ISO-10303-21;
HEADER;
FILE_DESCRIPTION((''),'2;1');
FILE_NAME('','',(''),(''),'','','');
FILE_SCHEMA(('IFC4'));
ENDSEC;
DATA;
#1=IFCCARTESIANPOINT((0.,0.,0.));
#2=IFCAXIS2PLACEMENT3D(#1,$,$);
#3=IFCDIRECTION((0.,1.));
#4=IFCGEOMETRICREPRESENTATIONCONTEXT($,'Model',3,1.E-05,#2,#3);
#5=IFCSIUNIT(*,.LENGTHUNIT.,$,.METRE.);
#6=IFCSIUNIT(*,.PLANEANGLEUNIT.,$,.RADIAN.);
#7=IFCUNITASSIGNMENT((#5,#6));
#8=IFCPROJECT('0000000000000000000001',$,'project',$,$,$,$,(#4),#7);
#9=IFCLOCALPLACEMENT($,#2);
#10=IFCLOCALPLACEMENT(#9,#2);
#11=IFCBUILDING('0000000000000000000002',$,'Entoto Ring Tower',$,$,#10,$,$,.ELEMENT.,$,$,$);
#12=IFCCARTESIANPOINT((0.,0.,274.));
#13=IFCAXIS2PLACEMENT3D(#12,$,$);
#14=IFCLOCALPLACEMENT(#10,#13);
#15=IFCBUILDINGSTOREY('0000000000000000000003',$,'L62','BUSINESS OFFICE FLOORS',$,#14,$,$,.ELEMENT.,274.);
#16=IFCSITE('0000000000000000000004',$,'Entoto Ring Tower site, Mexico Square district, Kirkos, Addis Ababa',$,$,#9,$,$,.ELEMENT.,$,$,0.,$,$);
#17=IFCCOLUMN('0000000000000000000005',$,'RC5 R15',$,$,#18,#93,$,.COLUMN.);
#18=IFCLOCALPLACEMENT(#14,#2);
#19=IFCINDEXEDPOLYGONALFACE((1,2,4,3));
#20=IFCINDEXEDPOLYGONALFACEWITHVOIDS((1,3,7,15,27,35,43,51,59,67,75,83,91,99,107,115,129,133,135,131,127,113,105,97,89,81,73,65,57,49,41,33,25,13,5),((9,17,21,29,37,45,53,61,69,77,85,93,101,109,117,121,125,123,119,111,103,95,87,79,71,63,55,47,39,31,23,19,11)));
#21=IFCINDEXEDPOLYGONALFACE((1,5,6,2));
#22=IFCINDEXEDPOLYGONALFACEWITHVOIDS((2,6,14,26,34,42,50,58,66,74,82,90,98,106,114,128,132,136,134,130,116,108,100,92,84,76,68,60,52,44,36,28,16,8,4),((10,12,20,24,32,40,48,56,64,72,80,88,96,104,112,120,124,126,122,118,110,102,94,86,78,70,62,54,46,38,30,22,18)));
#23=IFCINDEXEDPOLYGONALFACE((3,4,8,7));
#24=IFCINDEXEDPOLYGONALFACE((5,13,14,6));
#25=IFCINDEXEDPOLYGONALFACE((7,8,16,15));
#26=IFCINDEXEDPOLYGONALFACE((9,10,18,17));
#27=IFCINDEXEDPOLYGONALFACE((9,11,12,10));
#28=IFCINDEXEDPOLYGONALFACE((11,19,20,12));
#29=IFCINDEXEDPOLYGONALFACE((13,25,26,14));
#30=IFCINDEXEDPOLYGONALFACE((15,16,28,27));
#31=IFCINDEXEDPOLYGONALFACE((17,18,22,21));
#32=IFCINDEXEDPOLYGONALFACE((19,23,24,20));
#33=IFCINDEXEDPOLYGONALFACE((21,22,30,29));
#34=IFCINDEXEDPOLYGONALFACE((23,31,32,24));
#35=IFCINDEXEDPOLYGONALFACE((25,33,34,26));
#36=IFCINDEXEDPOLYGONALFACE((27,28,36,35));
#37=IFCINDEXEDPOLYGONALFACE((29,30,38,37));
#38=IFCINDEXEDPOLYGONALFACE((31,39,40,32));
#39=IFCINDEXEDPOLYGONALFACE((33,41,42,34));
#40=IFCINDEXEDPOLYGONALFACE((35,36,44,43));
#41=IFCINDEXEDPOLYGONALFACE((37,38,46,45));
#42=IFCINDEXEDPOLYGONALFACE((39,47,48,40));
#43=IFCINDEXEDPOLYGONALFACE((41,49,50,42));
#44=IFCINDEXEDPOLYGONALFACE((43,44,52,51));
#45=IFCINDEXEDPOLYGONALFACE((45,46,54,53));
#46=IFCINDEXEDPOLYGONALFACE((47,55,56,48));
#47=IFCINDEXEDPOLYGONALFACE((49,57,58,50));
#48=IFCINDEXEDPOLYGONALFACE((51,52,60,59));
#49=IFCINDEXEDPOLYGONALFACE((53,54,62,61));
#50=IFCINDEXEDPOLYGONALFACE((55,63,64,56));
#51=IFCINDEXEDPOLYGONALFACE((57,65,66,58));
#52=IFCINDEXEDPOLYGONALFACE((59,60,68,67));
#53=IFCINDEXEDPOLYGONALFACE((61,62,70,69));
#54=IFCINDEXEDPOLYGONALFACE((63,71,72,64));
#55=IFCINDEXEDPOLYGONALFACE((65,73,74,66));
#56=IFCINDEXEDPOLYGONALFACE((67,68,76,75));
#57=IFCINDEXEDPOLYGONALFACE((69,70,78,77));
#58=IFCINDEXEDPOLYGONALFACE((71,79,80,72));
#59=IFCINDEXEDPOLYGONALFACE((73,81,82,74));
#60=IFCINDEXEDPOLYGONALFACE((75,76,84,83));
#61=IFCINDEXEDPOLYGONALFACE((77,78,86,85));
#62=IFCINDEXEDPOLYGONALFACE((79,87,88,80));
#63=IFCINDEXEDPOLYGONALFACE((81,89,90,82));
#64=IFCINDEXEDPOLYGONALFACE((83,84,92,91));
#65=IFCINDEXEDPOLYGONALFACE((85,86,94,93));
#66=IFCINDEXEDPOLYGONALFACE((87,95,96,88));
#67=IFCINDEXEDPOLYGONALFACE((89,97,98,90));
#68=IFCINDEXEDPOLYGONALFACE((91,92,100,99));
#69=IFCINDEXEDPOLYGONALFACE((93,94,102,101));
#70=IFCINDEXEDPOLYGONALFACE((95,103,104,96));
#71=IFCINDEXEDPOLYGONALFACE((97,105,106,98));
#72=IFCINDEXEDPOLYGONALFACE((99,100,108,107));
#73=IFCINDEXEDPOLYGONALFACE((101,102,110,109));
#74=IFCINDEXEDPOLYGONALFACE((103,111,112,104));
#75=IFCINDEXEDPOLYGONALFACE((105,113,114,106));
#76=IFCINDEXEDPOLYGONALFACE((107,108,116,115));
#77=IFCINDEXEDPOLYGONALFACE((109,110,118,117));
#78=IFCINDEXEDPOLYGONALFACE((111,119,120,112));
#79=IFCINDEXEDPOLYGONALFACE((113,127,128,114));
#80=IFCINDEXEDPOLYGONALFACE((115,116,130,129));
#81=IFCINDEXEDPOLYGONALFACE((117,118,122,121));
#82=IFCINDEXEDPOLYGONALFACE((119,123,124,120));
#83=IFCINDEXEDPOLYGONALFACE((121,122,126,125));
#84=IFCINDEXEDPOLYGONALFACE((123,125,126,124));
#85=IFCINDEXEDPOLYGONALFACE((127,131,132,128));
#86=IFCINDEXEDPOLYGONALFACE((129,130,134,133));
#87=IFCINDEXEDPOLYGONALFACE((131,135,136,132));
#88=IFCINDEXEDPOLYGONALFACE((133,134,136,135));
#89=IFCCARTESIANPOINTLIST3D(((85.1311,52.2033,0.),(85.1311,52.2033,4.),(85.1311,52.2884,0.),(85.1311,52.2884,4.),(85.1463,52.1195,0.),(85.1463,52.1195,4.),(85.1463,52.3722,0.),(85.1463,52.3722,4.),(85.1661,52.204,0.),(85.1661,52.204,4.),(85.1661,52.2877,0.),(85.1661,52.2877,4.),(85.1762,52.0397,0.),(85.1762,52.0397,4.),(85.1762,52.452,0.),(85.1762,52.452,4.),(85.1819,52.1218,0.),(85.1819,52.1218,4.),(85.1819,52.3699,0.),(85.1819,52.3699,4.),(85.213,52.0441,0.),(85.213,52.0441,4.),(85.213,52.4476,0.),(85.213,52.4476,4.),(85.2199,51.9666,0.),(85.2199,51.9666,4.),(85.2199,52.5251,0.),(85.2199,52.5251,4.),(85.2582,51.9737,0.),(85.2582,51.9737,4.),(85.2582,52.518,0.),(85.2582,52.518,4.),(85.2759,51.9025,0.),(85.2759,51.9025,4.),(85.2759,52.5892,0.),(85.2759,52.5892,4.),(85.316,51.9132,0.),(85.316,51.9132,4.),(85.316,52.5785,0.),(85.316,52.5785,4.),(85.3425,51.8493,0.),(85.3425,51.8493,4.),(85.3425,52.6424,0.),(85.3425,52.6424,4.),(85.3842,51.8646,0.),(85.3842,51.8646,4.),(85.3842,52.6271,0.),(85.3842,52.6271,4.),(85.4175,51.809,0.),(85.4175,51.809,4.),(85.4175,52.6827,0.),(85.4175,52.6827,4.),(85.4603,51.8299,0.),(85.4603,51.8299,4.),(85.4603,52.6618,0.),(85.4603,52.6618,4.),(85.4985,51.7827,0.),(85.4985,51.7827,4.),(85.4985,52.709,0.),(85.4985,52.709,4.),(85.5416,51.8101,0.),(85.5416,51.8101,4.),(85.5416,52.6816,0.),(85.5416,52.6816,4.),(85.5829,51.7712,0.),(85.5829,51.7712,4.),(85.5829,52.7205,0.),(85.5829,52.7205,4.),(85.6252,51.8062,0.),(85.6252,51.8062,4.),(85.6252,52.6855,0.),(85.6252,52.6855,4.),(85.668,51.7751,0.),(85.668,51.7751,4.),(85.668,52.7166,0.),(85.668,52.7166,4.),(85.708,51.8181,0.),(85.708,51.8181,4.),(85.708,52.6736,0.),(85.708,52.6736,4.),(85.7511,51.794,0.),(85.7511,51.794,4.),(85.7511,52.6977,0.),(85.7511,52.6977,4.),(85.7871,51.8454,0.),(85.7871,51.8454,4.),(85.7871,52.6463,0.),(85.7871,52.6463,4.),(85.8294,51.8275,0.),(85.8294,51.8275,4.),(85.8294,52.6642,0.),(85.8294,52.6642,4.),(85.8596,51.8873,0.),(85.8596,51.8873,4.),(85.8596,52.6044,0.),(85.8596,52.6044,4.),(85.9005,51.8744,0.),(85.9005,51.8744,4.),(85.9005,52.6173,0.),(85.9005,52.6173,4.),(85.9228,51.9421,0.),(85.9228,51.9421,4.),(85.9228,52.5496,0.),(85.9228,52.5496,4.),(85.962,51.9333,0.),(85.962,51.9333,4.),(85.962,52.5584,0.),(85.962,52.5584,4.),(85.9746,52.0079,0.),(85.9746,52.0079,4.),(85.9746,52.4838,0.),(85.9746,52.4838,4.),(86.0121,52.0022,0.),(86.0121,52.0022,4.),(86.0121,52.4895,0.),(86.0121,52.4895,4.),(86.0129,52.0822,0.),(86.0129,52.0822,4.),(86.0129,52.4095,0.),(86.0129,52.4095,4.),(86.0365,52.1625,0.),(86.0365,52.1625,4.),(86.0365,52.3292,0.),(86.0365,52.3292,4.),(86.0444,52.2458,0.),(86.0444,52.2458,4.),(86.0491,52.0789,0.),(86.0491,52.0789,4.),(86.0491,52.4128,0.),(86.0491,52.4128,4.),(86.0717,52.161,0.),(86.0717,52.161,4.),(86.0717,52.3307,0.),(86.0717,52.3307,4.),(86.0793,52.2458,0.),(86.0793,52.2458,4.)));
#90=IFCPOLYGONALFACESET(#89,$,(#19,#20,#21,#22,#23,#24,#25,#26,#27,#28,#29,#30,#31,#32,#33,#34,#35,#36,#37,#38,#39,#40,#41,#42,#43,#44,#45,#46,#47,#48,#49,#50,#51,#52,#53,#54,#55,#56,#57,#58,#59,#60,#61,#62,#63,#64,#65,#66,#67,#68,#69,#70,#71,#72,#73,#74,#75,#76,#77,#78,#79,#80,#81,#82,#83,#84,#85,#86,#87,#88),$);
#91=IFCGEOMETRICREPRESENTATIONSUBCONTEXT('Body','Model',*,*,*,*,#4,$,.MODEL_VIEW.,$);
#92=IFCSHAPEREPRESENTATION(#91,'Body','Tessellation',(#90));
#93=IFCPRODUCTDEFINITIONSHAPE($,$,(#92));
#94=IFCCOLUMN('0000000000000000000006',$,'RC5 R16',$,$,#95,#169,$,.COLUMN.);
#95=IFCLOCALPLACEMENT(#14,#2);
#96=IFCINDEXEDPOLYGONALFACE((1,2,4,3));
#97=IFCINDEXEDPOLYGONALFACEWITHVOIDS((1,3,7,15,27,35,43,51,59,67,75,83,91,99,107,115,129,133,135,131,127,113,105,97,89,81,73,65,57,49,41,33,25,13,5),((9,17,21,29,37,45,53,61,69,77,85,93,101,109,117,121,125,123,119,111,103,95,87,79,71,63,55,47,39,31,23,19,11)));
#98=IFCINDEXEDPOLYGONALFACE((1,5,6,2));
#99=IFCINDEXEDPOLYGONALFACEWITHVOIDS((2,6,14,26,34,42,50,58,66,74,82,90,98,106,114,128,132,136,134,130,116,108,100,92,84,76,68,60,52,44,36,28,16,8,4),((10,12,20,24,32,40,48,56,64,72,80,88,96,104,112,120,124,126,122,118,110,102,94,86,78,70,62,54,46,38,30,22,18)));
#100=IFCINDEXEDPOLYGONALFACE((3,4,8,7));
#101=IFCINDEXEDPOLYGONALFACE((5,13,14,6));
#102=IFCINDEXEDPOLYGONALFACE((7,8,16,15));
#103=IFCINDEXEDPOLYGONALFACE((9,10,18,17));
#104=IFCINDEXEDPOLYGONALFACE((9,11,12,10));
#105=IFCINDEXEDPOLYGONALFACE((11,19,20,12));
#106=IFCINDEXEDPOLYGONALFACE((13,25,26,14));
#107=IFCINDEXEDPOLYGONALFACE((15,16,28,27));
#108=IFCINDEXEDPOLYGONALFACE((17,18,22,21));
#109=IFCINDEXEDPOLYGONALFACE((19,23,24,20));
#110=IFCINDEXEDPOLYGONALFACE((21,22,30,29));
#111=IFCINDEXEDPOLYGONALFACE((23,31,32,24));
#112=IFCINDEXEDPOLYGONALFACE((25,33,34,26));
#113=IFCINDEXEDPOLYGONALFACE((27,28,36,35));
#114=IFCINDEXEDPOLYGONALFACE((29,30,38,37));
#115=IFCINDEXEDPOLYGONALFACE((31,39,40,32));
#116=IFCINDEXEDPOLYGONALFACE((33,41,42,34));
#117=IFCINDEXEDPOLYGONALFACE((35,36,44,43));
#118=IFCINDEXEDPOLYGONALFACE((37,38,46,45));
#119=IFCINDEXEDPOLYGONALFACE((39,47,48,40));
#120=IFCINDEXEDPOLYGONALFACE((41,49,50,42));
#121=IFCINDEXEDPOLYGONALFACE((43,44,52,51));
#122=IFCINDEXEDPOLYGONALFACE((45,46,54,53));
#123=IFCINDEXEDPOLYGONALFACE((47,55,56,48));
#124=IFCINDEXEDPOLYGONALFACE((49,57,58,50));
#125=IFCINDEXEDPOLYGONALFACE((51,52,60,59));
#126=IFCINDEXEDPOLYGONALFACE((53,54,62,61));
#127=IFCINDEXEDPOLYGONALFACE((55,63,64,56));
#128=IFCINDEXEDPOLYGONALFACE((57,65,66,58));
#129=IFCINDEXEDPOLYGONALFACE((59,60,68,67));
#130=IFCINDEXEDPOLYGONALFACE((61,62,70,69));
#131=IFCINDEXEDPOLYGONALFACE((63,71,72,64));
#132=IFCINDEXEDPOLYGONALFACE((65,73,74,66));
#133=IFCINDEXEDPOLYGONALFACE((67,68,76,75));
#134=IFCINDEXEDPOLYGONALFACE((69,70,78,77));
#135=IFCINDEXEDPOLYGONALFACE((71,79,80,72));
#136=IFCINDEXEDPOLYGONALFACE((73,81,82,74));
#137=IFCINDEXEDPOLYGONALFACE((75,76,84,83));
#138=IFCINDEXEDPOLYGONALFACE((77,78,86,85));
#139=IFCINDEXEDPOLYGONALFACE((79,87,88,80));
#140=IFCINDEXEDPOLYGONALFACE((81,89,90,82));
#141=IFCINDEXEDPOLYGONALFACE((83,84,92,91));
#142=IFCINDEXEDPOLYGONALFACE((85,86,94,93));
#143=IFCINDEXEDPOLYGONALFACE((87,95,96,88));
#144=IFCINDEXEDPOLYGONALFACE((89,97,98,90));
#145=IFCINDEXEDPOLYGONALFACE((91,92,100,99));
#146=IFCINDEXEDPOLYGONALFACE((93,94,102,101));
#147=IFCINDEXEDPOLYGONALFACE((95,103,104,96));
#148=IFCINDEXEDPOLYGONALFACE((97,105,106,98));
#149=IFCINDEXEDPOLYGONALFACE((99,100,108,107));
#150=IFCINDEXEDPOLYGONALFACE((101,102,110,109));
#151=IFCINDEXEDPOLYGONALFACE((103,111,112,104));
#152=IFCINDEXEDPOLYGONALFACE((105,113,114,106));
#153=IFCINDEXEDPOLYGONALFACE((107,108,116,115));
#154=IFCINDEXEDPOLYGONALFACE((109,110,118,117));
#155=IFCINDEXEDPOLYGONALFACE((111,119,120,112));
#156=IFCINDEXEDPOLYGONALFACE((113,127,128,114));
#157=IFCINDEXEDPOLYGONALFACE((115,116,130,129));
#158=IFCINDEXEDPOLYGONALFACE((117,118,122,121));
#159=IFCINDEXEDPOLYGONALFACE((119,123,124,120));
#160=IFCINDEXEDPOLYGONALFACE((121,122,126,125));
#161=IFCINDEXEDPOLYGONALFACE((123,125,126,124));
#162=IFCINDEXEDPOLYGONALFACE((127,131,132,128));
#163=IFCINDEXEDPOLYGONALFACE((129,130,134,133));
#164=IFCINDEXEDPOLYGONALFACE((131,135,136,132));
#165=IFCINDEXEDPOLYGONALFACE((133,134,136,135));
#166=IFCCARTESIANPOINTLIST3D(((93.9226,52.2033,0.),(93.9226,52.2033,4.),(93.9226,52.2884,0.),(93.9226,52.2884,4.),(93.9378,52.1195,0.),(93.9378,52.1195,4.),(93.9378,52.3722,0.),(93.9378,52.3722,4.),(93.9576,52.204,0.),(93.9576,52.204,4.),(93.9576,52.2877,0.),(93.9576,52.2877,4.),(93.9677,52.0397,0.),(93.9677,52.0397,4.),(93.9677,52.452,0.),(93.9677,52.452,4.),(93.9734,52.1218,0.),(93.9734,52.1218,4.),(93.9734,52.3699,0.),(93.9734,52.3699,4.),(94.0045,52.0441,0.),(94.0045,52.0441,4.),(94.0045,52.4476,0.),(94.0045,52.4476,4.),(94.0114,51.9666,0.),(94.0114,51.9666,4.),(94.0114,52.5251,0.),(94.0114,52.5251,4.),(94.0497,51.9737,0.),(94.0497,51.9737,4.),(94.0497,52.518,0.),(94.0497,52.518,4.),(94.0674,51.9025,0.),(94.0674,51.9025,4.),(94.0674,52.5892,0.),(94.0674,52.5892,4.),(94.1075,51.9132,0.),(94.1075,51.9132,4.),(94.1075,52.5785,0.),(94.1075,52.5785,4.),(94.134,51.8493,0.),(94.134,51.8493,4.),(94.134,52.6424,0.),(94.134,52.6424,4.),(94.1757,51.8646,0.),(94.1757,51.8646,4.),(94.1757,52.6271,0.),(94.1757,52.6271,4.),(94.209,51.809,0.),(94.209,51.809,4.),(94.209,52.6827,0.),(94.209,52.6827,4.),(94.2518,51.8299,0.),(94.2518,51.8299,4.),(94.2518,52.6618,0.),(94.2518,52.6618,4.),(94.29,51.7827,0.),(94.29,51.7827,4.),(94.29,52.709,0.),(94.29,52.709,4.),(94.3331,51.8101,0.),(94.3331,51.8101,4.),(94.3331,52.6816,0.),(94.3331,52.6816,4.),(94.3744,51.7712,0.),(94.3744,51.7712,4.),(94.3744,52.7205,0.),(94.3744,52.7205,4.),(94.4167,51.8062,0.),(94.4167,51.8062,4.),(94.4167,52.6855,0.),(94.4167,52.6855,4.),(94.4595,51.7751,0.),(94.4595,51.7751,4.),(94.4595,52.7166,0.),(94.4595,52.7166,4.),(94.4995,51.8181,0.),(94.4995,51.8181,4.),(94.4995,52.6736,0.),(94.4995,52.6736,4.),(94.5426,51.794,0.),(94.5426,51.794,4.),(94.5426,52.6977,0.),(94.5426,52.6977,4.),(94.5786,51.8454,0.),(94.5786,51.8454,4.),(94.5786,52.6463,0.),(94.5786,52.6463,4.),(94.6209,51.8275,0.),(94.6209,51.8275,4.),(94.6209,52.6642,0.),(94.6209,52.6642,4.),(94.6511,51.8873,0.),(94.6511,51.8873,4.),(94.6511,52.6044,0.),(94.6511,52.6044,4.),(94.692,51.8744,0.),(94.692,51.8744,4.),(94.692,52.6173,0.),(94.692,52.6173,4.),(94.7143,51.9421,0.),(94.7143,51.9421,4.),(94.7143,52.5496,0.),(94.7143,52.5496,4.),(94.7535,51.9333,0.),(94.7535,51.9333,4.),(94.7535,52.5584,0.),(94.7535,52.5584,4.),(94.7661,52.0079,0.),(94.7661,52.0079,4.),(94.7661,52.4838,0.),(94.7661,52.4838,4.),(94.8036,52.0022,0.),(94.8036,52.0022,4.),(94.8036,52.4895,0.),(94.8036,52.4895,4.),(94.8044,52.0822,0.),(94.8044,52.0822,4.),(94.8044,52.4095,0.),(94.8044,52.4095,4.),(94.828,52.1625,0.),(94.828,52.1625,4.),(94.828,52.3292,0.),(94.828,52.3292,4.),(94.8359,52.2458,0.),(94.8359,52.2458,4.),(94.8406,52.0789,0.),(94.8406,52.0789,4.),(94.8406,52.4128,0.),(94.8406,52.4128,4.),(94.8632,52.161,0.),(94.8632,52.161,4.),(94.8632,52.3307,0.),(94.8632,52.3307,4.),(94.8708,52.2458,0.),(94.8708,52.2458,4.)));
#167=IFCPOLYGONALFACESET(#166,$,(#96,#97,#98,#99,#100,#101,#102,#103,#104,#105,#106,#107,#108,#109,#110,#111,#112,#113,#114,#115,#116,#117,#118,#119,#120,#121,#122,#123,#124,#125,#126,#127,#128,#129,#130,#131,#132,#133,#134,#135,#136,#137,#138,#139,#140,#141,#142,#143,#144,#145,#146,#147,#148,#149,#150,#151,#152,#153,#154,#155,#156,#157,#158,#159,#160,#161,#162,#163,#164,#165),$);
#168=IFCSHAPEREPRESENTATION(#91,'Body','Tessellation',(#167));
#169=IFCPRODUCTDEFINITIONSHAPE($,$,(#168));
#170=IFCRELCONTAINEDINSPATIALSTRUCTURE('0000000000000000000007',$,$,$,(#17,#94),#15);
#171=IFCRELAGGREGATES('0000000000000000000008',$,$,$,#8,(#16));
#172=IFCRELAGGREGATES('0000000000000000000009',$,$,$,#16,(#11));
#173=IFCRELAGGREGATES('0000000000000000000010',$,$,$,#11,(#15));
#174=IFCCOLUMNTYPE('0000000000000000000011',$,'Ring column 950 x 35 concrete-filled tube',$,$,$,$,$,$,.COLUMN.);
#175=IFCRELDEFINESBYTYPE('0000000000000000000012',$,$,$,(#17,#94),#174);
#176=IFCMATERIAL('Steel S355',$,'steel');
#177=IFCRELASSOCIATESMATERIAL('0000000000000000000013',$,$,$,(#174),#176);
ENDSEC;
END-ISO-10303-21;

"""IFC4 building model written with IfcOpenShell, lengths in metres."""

from ifc_helpers import new_model, si_unit, direction, frame, origin, origin_2d, place, context, subcontext, project, spatial, circle, hollow_circle, extrude, material, material_profile, profile_set, type_object, element, save


model = new_model("IFC4")

# Units and contexts
model_context = context("Model", 3, precision=1e-05, world=origin(), true_north=direction((0.0, 1.0)))
body_context = subcontext(model_context, "Body", "Model", "MODEL_VIEW")
ifc_project = project(units=[si_unit("LENGTHUNIT", "METRE"), si_unit("PLANEANGLEUNIT", "RADIAN")], contexts=[model_context])

# Site, building, storey
site_placement = place(None, origin())
site = spatial("IfcSite", under=ifc_project, at=site_placement, Name="Entoto Ring Tower site, Mexico Square district, Kirkos, Addis Ababa", CompositionType="ELEMENT", RefElevation=0.0)
building_placement = place(site_placement, origin())
building = spatial("IfcBuilding", under=site, at=building_placement, Name="Entoto Ring Tower", CompositionType="ELEMENT")
storey_placement = place(building_placement, frame((0.0, 0.0, 274.0)))
storey = spatial("IfcBuildingStorey", under=building, at=storey_placement, Name="L62", Description="BUSINESS OFFICE FLOORS", CompositionType="ELEMENT", Elevation=274.0)

# Columns
ifc_material_1 = material(Name="Steel S355", Category="steel")
ifc_material_profile_1 = material_profile(ifc_material_1, hollow_circle(Radius=0.4751, WallThickness=0.0349, at=origin_2d()), Name="CHS 950 x 35")
ifc_material_2 = material(Name="Concrete C60/75", Category="concrete")
ifc_material_profile_2 = material_profile(ifc_material_2, circle(Radius=0.4399, at=origin_2d()), Name="Concrete C60/75 infill")
ifc_profile_set_1 = profile_set([ifc_material_profile_1, ifc_material_profile_2], Name="Steel S355")
column_type = type_object("IfcColumnType", Name="Ring column 950 x 35 concrete-filled tube", PredefinedType="COLUMN", material=ifc_profile_set_1)
for number, where, z_axis, x_axis, name in (
    (1, (85.6042, 52.2458, 0.0), (0.0, 0.0, 1.0), (1.0, 0.0, 0.0), "RC5 R15"),
    (2, (94.3958, 52.2458, 0.0), (0.0, 0.0, 1.0), (1.0, 0.0, 0.0), "RC5 R16"),
):
    element("IfcColumn", number, at=place(storey_placement, frame(where, z_axis=z_axis, x_axis=x_axis)), inside=storey, type_object=column_type, Name=name, PredefinedType="COLUMN", context=body_context, shape_type="SweptSolid", body=[
        extrude(hollow_circle(Radius=0.4751, WallThickness=0.0349, at=origin_2d()), origin(), (0.0, 0.0, 1.0), 4.0),
    ])

save(model, "model.ifc")
